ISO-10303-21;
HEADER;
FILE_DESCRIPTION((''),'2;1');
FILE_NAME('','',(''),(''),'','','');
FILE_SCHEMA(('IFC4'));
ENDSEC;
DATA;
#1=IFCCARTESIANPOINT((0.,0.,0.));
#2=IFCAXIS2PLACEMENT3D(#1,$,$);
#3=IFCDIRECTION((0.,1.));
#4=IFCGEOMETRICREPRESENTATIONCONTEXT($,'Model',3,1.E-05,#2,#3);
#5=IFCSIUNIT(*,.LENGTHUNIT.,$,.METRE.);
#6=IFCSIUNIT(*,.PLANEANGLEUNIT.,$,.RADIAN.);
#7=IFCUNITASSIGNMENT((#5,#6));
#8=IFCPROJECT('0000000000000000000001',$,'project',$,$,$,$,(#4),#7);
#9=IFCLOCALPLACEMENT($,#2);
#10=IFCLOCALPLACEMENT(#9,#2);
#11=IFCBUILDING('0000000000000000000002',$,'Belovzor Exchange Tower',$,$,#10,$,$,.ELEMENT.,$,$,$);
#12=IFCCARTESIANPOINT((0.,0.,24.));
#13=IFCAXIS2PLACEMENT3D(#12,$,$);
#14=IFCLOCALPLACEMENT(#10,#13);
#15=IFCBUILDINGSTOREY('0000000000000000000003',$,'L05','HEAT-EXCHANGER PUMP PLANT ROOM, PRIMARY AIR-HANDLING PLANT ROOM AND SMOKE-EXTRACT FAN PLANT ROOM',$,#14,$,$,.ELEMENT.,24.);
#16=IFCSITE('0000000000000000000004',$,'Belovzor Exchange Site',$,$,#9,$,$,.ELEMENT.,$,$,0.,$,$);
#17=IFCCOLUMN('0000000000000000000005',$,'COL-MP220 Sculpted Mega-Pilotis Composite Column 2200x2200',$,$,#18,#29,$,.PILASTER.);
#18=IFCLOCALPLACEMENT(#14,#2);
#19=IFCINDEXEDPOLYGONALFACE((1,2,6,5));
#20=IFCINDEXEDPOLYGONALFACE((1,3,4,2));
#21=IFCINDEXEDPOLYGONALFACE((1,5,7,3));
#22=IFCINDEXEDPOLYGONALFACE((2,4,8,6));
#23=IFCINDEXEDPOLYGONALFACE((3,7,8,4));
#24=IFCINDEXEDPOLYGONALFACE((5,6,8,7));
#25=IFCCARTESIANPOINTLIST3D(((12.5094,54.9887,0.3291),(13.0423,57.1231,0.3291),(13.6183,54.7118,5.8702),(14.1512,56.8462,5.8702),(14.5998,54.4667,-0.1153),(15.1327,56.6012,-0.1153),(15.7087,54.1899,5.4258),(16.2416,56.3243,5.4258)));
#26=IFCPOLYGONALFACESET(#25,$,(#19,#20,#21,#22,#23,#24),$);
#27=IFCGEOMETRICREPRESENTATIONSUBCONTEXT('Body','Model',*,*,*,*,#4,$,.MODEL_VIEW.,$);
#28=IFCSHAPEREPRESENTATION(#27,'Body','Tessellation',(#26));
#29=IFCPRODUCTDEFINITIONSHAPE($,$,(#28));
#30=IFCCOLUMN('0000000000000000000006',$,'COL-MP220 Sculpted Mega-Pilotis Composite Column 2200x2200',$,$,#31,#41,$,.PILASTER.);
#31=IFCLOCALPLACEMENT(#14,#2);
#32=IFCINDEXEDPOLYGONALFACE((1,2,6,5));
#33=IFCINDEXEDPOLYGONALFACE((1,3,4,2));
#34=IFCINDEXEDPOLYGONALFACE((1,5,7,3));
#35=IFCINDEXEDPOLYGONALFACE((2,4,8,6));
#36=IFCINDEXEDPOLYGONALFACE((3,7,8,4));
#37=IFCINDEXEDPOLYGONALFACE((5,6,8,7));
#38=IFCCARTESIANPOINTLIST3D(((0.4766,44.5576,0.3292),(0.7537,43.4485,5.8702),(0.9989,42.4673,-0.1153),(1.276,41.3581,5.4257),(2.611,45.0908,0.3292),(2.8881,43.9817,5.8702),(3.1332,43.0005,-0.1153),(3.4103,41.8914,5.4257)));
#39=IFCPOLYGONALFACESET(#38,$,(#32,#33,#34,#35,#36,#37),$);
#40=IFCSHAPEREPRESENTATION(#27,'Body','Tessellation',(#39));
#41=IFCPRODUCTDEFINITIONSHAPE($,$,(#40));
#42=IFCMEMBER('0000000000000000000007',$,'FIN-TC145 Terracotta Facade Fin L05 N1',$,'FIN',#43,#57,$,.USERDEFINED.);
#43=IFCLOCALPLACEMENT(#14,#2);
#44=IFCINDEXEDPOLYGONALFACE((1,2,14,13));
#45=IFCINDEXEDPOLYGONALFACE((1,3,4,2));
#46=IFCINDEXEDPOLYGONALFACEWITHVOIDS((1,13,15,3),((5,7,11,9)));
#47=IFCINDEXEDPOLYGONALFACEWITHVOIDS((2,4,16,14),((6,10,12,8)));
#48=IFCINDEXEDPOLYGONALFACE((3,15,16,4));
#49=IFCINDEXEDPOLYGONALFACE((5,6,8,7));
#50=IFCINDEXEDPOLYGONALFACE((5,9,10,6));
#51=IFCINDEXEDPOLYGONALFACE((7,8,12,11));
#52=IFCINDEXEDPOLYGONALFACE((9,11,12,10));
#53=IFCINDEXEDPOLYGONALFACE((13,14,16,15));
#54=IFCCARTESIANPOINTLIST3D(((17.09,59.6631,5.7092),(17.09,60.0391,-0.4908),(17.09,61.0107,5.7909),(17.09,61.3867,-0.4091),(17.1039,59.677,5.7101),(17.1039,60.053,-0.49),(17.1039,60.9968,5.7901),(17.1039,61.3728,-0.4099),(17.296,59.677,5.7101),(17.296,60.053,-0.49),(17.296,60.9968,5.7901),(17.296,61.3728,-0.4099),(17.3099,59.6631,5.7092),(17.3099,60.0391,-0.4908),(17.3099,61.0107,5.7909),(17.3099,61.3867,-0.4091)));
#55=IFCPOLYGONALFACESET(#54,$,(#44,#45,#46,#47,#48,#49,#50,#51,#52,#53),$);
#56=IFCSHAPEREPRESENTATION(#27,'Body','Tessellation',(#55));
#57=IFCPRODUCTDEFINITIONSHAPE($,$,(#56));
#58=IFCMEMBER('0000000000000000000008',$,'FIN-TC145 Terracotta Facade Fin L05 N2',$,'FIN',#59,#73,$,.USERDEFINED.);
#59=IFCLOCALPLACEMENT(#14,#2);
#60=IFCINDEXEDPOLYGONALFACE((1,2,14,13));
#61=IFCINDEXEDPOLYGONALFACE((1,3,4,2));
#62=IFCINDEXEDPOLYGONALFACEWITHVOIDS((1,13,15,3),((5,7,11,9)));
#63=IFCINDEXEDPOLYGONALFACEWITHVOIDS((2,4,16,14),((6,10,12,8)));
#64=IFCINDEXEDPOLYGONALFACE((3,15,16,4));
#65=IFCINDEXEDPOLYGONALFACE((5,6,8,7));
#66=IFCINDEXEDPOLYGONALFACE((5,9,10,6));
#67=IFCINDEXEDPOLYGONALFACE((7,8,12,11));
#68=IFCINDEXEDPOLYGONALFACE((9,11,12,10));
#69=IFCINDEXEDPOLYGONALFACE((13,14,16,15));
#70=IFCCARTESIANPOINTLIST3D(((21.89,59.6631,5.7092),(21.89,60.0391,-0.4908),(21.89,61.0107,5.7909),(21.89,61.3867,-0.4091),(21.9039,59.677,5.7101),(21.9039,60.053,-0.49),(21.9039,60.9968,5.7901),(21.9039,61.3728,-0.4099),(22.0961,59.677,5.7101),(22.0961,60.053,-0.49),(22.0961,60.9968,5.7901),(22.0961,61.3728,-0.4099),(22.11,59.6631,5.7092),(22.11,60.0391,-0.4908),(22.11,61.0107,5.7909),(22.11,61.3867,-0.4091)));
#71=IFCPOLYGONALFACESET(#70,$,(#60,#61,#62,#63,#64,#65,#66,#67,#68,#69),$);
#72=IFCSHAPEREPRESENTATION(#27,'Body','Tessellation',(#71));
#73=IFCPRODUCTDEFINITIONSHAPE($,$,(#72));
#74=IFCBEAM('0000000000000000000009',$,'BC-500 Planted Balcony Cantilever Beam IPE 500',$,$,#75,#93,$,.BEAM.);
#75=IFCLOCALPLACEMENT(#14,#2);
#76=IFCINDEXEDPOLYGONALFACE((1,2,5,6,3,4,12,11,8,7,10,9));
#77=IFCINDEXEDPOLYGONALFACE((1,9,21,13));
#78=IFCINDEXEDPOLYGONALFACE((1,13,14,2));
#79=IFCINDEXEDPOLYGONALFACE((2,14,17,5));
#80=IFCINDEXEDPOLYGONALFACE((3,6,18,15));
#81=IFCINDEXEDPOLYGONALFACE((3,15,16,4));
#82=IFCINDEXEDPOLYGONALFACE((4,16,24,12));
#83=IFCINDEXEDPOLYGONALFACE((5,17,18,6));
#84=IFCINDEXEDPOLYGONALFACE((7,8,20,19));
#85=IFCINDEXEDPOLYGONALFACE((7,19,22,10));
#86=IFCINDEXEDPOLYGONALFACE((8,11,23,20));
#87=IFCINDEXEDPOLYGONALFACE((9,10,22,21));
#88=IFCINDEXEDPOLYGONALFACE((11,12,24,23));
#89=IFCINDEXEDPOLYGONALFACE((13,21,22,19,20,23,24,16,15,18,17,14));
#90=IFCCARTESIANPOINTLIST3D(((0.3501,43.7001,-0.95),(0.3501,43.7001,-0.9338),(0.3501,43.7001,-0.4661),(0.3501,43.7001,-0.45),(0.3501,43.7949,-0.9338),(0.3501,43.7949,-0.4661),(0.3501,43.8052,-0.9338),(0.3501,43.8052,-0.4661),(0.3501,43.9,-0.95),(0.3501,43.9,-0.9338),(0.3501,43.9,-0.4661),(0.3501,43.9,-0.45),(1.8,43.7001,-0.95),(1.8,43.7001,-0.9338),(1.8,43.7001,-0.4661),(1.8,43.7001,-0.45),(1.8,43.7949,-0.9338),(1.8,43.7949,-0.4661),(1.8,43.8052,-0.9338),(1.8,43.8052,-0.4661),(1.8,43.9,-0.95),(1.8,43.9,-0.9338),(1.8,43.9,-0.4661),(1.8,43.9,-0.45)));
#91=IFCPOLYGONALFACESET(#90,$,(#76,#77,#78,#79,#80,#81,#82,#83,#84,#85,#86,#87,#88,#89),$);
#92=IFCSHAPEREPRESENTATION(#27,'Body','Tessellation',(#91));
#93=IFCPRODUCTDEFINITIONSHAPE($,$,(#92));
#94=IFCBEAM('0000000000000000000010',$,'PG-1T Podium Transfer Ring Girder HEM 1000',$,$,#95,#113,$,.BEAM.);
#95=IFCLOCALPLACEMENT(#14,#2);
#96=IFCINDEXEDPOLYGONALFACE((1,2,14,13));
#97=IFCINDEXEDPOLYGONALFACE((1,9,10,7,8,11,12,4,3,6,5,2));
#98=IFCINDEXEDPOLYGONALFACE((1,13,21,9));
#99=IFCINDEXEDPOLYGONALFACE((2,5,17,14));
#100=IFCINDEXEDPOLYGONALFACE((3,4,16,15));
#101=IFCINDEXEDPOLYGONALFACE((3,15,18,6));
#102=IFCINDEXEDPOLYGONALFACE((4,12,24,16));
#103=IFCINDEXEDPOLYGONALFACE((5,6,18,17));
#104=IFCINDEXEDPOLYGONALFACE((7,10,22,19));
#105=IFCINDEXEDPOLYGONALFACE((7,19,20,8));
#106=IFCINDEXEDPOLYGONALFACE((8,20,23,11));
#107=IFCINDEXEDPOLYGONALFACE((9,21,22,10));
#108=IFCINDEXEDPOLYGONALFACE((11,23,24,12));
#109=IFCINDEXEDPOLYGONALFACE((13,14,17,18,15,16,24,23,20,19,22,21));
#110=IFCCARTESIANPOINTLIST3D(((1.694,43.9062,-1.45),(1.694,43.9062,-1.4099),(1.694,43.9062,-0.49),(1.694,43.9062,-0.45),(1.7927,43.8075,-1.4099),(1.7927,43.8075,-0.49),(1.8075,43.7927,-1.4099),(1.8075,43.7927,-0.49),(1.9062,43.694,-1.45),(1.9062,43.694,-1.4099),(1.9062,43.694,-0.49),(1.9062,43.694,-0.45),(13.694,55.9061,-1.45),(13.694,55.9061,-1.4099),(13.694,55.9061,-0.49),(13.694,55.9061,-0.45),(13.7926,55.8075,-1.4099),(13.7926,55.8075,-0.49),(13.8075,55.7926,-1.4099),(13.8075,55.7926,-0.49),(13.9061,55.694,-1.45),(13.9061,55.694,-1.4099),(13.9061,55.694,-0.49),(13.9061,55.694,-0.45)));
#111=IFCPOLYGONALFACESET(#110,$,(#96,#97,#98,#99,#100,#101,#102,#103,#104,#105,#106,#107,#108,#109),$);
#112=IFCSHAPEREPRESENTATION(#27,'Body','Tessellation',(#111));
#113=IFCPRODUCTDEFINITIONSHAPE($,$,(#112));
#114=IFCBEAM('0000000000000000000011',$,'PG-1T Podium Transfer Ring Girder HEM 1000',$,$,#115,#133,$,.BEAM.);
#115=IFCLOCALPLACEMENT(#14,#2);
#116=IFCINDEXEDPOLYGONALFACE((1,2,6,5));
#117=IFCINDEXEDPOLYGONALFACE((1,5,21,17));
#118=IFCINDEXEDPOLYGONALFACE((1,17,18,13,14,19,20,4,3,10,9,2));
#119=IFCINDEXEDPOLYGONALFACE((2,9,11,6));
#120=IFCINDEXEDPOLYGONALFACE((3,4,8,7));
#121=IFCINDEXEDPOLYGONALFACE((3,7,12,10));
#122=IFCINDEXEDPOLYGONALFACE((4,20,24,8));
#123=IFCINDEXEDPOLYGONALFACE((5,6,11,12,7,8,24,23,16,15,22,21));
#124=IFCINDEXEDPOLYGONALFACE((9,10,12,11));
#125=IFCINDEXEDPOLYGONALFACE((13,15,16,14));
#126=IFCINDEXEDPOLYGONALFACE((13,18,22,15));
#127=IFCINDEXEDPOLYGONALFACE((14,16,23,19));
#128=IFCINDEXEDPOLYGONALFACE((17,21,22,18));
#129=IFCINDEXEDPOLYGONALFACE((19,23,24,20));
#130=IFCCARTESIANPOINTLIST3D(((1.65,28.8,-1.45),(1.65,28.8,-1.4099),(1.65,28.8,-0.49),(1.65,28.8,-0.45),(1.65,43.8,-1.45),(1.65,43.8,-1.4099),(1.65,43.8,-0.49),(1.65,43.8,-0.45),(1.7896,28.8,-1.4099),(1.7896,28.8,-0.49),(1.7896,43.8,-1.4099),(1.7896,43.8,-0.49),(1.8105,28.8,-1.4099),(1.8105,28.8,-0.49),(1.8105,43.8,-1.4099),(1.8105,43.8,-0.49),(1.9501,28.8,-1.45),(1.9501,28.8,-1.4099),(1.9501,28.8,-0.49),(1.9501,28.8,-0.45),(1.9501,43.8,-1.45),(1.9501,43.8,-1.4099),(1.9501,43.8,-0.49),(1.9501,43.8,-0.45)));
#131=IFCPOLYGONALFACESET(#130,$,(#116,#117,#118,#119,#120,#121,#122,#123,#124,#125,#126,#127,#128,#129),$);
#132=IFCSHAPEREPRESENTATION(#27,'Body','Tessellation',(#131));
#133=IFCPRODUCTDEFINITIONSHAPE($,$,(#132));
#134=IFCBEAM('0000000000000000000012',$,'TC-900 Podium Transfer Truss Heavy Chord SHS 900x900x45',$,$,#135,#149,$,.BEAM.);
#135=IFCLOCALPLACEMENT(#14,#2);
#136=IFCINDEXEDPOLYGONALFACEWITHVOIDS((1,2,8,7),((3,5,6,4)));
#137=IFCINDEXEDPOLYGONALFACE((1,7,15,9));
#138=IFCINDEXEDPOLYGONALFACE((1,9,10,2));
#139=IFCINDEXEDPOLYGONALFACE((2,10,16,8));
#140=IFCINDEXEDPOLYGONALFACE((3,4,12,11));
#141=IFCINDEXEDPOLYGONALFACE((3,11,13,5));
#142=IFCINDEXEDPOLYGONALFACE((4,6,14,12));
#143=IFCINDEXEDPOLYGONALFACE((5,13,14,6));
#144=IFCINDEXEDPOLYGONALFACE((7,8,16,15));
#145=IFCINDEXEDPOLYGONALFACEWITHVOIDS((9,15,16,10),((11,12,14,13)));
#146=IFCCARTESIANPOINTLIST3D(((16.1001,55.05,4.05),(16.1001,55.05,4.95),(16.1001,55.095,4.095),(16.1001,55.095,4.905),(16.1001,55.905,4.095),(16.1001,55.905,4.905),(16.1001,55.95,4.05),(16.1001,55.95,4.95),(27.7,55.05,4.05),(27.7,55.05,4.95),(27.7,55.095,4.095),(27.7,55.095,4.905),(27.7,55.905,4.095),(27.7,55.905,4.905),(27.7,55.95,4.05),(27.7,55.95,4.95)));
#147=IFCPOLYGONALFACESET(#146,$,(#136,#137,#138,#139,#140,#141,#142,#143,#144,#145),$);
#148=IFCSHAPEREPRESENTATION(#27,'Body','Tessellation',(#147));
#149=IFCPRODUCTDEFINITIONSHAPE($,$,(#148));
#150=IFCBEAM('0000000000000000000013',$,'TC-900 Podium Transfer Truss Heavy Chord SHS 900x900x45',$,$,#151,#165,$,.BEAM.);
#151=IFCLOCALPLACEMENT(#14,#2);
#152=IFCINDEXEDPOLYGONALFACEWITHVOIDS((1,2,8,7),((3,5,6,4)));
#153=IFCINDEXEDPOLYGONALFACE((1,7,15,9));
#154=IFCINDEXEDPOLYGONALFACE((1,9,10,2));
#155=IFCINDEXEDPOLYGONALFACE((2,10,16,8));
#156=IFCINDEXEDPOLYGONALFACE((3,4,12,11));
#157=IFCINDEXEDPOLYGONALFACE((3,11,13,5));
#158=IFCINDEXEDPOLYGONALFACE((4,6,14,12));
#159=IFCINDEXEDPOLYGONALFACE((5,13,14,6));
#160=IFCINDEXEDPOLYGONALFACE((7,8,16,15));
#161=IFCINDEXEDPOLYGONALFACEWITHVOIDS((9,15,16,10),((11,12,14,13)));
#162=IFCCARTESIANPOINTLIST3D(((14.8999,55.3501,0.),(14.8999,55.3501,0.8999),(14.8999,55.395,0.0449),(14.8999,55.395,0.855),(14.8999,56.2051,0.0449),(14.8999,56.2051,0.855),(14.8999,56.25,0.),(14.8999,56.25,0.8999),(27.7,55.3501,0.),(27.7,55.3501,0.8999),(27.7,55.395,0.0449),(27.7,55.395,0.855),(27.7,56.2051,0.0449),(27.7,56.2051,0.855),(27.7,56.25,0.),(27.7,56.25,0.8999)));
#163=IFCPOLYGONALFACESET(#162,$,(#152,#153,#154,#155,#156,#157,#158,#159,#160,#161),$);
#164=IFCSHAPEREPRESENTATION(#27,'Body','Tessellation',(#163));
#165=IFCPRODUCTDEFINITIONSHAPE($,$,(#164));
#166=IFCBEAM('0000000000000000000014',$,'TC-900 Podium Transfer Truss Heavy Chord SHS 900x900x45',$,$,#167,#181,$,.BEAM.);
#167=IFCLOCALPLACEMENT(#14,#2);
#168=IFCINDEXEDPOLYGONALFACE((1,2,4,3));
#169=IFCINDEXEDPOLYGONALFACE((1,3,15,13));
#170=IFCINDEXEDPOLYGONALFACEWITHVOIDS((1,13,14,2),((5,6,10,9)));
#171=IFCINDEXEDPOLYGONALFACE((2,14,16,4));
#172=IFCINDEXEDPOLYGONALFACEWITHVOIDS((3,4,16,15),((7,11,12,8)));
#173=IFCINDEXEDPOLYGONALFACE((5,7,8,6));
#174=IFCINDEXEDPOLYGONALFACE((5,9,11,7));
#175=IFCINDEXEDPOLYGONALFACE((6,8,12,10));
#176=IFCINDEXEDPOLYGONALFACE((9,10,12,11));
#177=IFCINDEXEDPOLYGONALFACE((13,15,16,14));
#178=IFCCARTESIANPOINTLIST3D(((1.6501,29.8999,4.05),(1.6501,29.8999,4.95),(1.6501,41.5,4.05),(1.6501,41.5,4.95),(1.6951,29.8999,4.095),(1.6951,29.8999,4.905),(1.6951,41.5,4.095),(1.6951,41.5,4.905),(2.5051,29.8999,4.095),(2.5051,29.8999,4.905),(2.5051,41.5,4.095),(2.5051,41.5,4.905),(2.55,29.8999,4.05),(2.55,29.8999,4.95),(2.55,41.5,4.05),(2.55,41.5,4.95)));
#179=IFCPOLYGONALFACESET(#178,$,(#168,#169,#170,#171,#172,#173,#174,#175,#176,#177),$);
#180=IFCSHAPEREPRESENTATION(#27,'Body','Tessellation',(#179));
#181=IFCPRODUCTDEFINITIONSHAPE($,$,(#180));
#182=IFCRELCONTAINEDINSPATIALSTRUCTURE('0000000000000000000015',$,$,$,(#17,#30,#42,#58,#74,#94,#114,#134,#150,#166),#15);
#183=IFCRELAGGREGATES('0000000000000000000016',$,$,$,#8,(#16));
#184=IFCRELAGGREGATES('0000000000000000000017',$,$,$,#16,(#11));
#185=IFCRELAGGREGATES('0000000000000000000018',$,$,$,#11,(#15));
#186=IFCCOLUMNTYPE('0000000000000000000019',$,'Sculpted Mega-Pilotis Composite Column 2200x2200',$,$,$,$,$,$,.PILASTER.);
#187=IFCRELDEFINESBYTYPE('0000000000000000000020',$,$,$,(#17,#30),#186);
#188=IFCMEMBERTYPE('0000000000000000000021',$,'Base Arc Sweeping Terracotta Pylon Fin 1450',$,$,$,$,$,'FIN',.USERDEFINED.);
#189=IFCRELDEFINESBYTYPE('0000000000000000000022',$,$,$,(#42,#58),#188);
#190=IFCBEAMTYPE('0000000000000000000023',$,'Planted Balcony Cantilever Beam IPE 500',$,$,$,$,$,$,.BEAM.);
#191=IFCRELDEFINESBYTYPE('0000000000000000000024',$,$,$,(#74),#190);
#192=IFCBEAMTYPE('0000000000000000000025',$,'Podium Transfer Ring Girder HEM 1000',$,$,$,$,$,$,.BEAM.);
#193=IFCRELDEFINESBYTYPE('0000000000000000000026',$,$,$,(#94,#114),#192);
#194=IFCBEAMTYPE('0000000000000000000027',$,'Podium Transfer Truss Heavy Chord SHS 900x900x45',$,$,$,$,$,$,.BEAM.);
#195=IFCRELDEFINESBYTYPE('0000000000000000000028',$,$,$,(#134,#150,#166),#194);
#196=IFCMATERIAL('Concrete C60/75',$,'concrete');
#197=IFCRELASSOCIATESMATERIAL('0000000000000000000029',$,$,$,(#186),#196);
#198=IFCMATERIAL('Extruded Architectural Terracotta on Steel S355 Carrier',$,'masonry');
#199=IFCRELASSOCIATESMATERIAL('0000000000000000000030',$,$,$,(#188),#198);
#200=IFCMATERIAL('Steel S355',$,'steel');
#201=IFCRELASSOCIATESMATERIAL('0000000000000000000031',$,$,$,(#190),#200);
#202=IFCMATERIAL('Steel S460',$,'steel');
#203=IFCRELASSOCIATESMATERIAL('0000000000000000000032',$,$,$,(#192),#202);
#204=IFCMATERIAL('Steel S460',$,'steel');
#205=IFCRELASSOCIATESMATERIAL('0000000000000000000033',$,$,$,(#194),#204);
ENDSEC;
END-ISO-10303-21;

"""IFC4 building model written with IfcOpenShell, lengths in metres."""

from ifc_helpers import new_model, si_unit, direction, frame, origin, origin_2d, place, context, subcontext, project, spatial, rectangle, hollow_rectangle, i_section, extrude, material, material_profile, profile_set, type_object, element, save


model = new_model("IFC4")

# Units and contexts
model_context = context("Model", 3, precision=1e-05, world=origin(), true_north=direction((0.0, 1.0)))
body_context = subcontext(model_context, "Body", "Model", "MODEL_VIEW")
ifc_project = project(units=[si_unit("LENGTHUNIT", "METRE"), si_unit("PLANEANGLEUNIT", "RADIAN")], contexts=[model_context])

# Site, building, storey
site_placement = place(None, origin())
site = spatial("IfcSite", under=ifc_project, at=site_placement, Name="Belovzor Exchange Site", CompositionType="ELEMENT", RefElevation=0.0)
building_placement = place(site_placement, origin())
building = spatial("IfcBuilding", under=site, at=building_placement, Name="Belovzor Exchange Tower", CompositionType="ELEMENT")
storey_placement = place(building_placement, frame((0.0, 0.0, 24.0)))
storey = spatial("IfcBuildingStorey", under=building, at=storey_placement, Name="L05", Description="HEAT-EXCHANGER PUMP PLANT ROOM, PRIMARY AIR-HANDLING PLANT ROOM AND SMOKE-EXTRACT FAN PLANT ROOM", CompositionType="ELEMENT", Elevation=24.0)

# Columns
ifc_material_1 = material(Name="Concrete C60/75", Category="concrete")
ifc_material_profile_1 = material_profile(ifc_material_1, rectangle(XDim=2.2, YDim=2.2, at=origin_2d()))
ifc_profile_set_1 = profile_set([ifc_material_profile_1], Name="Concrete C60/75")
column_type = type_object("IfcColumnType", Name="Sculpted Mega-Pilotis Composite Column 2200x2200", PredefinedType="PILASTER", material=ifc_profile_set_1)
for number, where, z_axis, x_axis, name in (
    (1, (13.821, 55.7949, 0.1069), (0.195997, -0.048935, 0.979383), (0.242234, 0.970218, 0.0), "COL-MP220 Sculpted Mega-Pilotis Composite Column 2200x2200"),
    (2, (1.8049, 43.7791, 0.1069), (0.048977, -0.196038, 0.979372), (0.97018, 0.242385, 0.0), "COL-MP220 Sculpted Mega-Pilotis Composite Column 2200x2200"),
):
    element("IfcColumn", number, at=place(storey_placement, frame(where, z_axis=z_axis, x_axis=x_axis)), inside=storey, type_object=column_type, Name=name, PredefinedType="PILASTER", context=body_context, shape_type="SweptSolid", body=[
        extrude(rectangle(XDim=2.2, YDim=2.2, at=origin_2d()), origin(), (0.0, 0.0, 1.0), 5.6577),
    ])

# Members
ifc_material_2 = material(Name="Extruded Architectural Terracotta on Steel S355 Carrier", Category="masonry")
ifc_material_profile_2 = material_profile(ifc_material_2, hollow_rectangle(XDim=0.22, YDim=1.3501, WallThickness=0.0139, at=origin_2d()))
ifc_profile_set_2 = profile_set([ifc_material_profile_2], Name="Extruded Architectural Terracotta on Steel S355 Carrier")
member_type_1 = type_object("IfcMemberType", Name="Base Arc Sweeping Terracotta Pylon Fin 1450", ElementType="FIN", PredefinedType="USERDEFINED", material=ifc_profile_set_2)
for number, where, z_axis, x_axis, name in (
    (3, (17.2, 60.7129, -0.45), (0.0, -0.060531, 0.998166), (1.0, 0.0, 0.0), "FIN-TC145 Terracotta Facade Fin L05 N1"),
    (4, (22.0, 60.7129, -0.45), (0.0, -0.060531, 0.998166), (1.0, 0.0, 0.0), "FIN-TC145 Terracotta Facade Fin L05 N2"),
):
    element("IfcMember", number, at=place(storey_placement, frame(where, z_axis=z_axis, x_axis=x_axis)), inside=storey, type_object=member_type_1, Name=name, ObjectType="FIN", PredefinedType="USERDEFINED", context=body_context, shape_type="SweptSolid", body=[
        extrude(hollow_rectangle(XDim=0.22, YDim=1.3501, WallThickness=0.0139, at=origin_2d()), origin(), (0.0, 0.0, 1.0), 6.2114),
    ])

# Beams
ifc_material_3 = material(Name="Steel S355", Category="steel")
ifc_material_profile_3 = material_profile(ifc_material_3, i_section(OverallWidth=0.2, OverallDepth=0.5, WebThickness=0.0103, FlangeThickness=0.0161, at=origin_2d()))
ifc_profile_set_3 = profile_set([ifc_material_profile_3], Name="Steel S355")
beam_type_1 = type_object("IfcBeamType", Name="Planted Balcony Cantilever Beam IPE 500", PredefinedType="BEAM", material=ifc_profile_set_3)
beam_1_placement = place(storey_placement, frame((1.8, 43.8, -0.7), z_axis=(-1.0, 0.0, 0.0), x_axis=(0.0, -1.0, 0.0)))
element("IfcBeam", 5, at=beam_1_placement, inside=storey, type_object=beam_type_1, Name="BC-500 Planted Balcony Cantilever Beam IPE 500", PredefinedType="BEAM", context=body_context, shape_type="SweptSolid", body=[
    extrude(i_section(OverallWidth=0.2, OverallDepth=0.5, WebThickness=0.0103, FlangeThickness=0.0161, at=origin_2d()), origin(), (0.0, 0.0, 1.0), 1.45),
])
ifc_material_4 = material(Name="Steel S460", Category="steel")
ifc_material_profile_4 = material_profile(ifc_material_4, i_section(OverallWidth=0.3, OverallDepth=1.0, WebThickness=0.021, FlangeThickness=0.04, at=origin_2d()))
ifc_profile_set_4 = profile_set([ifc_material_profile_4], Name="Steel S460")
beam_type_2 = type_object("IfcBeamType", Name="Podium Transfer Ring Girder HEM 1000", PredefinedType="BEAM", material=ifc_profile_set_4)
beam_2_placement = place(storey_placement, frame((13.8, 55.8, -0.95), z_axis=(-0.707107, -0.707107, 0.0), x_axis=(0.707107, -0.707107, 0.0)))
element("IfcBeam", 6, at=beam_2_placement, inside=storey, type_object=beam_type_2, Name="PG-1T Podium Transfer Ring Girder HEM 1000", PredefinedType="BEAM", context=body_context, shape_type="SweptSolid", body=[
    extrude(i_section(OverallWidth=0.3, OverallDepth=1.0, WebThickness=0.021, FlangeThickness=0.04, at=origin_2d()), origin(), (0.0, 0.0, 1.0), 16.9705),
])
beam_3_placement = place(storey_placement, frame((1.8, 43.8, -0.95), z_axis=(0.0, -1.0, 0.0), x_axis=(1.0, 0.0, 0.0)))
element("IfcBeam", 7, at=beam_3_placement, inside=storey, type_object=beam_type_2, Name="PG-1T Podium Transfer Ring Girder HEM 1000", PredefinedType="BEAM", context=body_context, shape_type="SweptSolid", body=[
    extrude(i_section(OverallWidth=0.3, OverallDepth=1.0, WebThickness=0.021, FlangeThickness=0.04, at=origin_2d()), origin(), (0.0, 0.0, 1.0), 15.0),
])
ifc_material_5 = material(Name="Steel S460", Category="steel")
ifc_material_profile_5 = material_profile(ifc_material_5, hollow_rectangle(XDim=0.8999, YDim=0.8999, WallThickness=0.0449, at=origin_2d()))
ifc_profile_set_5 = profile_set([ifc_material_profile_5], Name="Steel S460")
beam_type_3 = type_object("IfcBeamType", Name="Podium Transfer Truss Heavy Chord SHS 900x900x45", PredefinedType="BEAM", material=ifc_profile_set_5)
beam_4_placement = place(storey_placement, frame((27.7, 55.5, 4.5), z_axis=(-1.0, 0.0, 0.0), x_axis=(0.0, -1.0, 0.0)))
element("IfcBeam", 8, at=beam_4_placement, inside=storey, type_object=beam_type_3, Name="TC-900 Podium Transfer Truss Heavy Chord SHS 900x900x45", PredefinedType="BEAM", context=body_context, shape_type="SweptSolid", body=[
    extrude(hollow_rectangle(XDim=0.8999, YDim=0.8999, WallThickness=0.0449, at=origin_2d()), origin(), (0.0, 0.0, 1.0), 11.5999),
])
beam_5_placement = place(storey_placement, frame((27.7, 55.8, 0.45), z_axis=(-1.0, 0.0, 0.0), x_axis=(0.0, -1.0, 0.0)))
element("IfcBeam", 9, at=beam_5_placement, inside=storey, type_object=beam_type_3, Name="TC-900 Podium Transfer Truss Heavy Chord SHS 900x900x45", PredefinedType="BEAM", context=body_context, shape_type="SweptSolid", body=[
    extrude(hollow_rectangle(XDim=0.8999, YDim=0.8999, WallThickness=0.0449, at=origin_2d()), origin(), (0.0, 0.0, 1.0), 12.8),
])
beam_6_placement = place(storey_placement, frame((2.1001, 41.5, 4.5), z_axis=(0.0, -1.0, 0.0), x_axis=(1.0, 0.0, 0.0)))
element("IfcBeam", 10, at=beam_6_placement, inside=storey, type_object=beam_type_3, Name="TC-900 Podium Transfer Truss Heavy Chord SHS 900x900x45", PredefinedType="BEAM", context=body_context, shape_type="SweptSolid", body=[
    extrude(hollow_rectangle(XDim=0.8999, YDim=0.8999, WallThickness=0.0449, at=origin_2d()), origin(), (0.0, 0.0, 1.0), 11.6001),
])

save(model, "model.ifc")
